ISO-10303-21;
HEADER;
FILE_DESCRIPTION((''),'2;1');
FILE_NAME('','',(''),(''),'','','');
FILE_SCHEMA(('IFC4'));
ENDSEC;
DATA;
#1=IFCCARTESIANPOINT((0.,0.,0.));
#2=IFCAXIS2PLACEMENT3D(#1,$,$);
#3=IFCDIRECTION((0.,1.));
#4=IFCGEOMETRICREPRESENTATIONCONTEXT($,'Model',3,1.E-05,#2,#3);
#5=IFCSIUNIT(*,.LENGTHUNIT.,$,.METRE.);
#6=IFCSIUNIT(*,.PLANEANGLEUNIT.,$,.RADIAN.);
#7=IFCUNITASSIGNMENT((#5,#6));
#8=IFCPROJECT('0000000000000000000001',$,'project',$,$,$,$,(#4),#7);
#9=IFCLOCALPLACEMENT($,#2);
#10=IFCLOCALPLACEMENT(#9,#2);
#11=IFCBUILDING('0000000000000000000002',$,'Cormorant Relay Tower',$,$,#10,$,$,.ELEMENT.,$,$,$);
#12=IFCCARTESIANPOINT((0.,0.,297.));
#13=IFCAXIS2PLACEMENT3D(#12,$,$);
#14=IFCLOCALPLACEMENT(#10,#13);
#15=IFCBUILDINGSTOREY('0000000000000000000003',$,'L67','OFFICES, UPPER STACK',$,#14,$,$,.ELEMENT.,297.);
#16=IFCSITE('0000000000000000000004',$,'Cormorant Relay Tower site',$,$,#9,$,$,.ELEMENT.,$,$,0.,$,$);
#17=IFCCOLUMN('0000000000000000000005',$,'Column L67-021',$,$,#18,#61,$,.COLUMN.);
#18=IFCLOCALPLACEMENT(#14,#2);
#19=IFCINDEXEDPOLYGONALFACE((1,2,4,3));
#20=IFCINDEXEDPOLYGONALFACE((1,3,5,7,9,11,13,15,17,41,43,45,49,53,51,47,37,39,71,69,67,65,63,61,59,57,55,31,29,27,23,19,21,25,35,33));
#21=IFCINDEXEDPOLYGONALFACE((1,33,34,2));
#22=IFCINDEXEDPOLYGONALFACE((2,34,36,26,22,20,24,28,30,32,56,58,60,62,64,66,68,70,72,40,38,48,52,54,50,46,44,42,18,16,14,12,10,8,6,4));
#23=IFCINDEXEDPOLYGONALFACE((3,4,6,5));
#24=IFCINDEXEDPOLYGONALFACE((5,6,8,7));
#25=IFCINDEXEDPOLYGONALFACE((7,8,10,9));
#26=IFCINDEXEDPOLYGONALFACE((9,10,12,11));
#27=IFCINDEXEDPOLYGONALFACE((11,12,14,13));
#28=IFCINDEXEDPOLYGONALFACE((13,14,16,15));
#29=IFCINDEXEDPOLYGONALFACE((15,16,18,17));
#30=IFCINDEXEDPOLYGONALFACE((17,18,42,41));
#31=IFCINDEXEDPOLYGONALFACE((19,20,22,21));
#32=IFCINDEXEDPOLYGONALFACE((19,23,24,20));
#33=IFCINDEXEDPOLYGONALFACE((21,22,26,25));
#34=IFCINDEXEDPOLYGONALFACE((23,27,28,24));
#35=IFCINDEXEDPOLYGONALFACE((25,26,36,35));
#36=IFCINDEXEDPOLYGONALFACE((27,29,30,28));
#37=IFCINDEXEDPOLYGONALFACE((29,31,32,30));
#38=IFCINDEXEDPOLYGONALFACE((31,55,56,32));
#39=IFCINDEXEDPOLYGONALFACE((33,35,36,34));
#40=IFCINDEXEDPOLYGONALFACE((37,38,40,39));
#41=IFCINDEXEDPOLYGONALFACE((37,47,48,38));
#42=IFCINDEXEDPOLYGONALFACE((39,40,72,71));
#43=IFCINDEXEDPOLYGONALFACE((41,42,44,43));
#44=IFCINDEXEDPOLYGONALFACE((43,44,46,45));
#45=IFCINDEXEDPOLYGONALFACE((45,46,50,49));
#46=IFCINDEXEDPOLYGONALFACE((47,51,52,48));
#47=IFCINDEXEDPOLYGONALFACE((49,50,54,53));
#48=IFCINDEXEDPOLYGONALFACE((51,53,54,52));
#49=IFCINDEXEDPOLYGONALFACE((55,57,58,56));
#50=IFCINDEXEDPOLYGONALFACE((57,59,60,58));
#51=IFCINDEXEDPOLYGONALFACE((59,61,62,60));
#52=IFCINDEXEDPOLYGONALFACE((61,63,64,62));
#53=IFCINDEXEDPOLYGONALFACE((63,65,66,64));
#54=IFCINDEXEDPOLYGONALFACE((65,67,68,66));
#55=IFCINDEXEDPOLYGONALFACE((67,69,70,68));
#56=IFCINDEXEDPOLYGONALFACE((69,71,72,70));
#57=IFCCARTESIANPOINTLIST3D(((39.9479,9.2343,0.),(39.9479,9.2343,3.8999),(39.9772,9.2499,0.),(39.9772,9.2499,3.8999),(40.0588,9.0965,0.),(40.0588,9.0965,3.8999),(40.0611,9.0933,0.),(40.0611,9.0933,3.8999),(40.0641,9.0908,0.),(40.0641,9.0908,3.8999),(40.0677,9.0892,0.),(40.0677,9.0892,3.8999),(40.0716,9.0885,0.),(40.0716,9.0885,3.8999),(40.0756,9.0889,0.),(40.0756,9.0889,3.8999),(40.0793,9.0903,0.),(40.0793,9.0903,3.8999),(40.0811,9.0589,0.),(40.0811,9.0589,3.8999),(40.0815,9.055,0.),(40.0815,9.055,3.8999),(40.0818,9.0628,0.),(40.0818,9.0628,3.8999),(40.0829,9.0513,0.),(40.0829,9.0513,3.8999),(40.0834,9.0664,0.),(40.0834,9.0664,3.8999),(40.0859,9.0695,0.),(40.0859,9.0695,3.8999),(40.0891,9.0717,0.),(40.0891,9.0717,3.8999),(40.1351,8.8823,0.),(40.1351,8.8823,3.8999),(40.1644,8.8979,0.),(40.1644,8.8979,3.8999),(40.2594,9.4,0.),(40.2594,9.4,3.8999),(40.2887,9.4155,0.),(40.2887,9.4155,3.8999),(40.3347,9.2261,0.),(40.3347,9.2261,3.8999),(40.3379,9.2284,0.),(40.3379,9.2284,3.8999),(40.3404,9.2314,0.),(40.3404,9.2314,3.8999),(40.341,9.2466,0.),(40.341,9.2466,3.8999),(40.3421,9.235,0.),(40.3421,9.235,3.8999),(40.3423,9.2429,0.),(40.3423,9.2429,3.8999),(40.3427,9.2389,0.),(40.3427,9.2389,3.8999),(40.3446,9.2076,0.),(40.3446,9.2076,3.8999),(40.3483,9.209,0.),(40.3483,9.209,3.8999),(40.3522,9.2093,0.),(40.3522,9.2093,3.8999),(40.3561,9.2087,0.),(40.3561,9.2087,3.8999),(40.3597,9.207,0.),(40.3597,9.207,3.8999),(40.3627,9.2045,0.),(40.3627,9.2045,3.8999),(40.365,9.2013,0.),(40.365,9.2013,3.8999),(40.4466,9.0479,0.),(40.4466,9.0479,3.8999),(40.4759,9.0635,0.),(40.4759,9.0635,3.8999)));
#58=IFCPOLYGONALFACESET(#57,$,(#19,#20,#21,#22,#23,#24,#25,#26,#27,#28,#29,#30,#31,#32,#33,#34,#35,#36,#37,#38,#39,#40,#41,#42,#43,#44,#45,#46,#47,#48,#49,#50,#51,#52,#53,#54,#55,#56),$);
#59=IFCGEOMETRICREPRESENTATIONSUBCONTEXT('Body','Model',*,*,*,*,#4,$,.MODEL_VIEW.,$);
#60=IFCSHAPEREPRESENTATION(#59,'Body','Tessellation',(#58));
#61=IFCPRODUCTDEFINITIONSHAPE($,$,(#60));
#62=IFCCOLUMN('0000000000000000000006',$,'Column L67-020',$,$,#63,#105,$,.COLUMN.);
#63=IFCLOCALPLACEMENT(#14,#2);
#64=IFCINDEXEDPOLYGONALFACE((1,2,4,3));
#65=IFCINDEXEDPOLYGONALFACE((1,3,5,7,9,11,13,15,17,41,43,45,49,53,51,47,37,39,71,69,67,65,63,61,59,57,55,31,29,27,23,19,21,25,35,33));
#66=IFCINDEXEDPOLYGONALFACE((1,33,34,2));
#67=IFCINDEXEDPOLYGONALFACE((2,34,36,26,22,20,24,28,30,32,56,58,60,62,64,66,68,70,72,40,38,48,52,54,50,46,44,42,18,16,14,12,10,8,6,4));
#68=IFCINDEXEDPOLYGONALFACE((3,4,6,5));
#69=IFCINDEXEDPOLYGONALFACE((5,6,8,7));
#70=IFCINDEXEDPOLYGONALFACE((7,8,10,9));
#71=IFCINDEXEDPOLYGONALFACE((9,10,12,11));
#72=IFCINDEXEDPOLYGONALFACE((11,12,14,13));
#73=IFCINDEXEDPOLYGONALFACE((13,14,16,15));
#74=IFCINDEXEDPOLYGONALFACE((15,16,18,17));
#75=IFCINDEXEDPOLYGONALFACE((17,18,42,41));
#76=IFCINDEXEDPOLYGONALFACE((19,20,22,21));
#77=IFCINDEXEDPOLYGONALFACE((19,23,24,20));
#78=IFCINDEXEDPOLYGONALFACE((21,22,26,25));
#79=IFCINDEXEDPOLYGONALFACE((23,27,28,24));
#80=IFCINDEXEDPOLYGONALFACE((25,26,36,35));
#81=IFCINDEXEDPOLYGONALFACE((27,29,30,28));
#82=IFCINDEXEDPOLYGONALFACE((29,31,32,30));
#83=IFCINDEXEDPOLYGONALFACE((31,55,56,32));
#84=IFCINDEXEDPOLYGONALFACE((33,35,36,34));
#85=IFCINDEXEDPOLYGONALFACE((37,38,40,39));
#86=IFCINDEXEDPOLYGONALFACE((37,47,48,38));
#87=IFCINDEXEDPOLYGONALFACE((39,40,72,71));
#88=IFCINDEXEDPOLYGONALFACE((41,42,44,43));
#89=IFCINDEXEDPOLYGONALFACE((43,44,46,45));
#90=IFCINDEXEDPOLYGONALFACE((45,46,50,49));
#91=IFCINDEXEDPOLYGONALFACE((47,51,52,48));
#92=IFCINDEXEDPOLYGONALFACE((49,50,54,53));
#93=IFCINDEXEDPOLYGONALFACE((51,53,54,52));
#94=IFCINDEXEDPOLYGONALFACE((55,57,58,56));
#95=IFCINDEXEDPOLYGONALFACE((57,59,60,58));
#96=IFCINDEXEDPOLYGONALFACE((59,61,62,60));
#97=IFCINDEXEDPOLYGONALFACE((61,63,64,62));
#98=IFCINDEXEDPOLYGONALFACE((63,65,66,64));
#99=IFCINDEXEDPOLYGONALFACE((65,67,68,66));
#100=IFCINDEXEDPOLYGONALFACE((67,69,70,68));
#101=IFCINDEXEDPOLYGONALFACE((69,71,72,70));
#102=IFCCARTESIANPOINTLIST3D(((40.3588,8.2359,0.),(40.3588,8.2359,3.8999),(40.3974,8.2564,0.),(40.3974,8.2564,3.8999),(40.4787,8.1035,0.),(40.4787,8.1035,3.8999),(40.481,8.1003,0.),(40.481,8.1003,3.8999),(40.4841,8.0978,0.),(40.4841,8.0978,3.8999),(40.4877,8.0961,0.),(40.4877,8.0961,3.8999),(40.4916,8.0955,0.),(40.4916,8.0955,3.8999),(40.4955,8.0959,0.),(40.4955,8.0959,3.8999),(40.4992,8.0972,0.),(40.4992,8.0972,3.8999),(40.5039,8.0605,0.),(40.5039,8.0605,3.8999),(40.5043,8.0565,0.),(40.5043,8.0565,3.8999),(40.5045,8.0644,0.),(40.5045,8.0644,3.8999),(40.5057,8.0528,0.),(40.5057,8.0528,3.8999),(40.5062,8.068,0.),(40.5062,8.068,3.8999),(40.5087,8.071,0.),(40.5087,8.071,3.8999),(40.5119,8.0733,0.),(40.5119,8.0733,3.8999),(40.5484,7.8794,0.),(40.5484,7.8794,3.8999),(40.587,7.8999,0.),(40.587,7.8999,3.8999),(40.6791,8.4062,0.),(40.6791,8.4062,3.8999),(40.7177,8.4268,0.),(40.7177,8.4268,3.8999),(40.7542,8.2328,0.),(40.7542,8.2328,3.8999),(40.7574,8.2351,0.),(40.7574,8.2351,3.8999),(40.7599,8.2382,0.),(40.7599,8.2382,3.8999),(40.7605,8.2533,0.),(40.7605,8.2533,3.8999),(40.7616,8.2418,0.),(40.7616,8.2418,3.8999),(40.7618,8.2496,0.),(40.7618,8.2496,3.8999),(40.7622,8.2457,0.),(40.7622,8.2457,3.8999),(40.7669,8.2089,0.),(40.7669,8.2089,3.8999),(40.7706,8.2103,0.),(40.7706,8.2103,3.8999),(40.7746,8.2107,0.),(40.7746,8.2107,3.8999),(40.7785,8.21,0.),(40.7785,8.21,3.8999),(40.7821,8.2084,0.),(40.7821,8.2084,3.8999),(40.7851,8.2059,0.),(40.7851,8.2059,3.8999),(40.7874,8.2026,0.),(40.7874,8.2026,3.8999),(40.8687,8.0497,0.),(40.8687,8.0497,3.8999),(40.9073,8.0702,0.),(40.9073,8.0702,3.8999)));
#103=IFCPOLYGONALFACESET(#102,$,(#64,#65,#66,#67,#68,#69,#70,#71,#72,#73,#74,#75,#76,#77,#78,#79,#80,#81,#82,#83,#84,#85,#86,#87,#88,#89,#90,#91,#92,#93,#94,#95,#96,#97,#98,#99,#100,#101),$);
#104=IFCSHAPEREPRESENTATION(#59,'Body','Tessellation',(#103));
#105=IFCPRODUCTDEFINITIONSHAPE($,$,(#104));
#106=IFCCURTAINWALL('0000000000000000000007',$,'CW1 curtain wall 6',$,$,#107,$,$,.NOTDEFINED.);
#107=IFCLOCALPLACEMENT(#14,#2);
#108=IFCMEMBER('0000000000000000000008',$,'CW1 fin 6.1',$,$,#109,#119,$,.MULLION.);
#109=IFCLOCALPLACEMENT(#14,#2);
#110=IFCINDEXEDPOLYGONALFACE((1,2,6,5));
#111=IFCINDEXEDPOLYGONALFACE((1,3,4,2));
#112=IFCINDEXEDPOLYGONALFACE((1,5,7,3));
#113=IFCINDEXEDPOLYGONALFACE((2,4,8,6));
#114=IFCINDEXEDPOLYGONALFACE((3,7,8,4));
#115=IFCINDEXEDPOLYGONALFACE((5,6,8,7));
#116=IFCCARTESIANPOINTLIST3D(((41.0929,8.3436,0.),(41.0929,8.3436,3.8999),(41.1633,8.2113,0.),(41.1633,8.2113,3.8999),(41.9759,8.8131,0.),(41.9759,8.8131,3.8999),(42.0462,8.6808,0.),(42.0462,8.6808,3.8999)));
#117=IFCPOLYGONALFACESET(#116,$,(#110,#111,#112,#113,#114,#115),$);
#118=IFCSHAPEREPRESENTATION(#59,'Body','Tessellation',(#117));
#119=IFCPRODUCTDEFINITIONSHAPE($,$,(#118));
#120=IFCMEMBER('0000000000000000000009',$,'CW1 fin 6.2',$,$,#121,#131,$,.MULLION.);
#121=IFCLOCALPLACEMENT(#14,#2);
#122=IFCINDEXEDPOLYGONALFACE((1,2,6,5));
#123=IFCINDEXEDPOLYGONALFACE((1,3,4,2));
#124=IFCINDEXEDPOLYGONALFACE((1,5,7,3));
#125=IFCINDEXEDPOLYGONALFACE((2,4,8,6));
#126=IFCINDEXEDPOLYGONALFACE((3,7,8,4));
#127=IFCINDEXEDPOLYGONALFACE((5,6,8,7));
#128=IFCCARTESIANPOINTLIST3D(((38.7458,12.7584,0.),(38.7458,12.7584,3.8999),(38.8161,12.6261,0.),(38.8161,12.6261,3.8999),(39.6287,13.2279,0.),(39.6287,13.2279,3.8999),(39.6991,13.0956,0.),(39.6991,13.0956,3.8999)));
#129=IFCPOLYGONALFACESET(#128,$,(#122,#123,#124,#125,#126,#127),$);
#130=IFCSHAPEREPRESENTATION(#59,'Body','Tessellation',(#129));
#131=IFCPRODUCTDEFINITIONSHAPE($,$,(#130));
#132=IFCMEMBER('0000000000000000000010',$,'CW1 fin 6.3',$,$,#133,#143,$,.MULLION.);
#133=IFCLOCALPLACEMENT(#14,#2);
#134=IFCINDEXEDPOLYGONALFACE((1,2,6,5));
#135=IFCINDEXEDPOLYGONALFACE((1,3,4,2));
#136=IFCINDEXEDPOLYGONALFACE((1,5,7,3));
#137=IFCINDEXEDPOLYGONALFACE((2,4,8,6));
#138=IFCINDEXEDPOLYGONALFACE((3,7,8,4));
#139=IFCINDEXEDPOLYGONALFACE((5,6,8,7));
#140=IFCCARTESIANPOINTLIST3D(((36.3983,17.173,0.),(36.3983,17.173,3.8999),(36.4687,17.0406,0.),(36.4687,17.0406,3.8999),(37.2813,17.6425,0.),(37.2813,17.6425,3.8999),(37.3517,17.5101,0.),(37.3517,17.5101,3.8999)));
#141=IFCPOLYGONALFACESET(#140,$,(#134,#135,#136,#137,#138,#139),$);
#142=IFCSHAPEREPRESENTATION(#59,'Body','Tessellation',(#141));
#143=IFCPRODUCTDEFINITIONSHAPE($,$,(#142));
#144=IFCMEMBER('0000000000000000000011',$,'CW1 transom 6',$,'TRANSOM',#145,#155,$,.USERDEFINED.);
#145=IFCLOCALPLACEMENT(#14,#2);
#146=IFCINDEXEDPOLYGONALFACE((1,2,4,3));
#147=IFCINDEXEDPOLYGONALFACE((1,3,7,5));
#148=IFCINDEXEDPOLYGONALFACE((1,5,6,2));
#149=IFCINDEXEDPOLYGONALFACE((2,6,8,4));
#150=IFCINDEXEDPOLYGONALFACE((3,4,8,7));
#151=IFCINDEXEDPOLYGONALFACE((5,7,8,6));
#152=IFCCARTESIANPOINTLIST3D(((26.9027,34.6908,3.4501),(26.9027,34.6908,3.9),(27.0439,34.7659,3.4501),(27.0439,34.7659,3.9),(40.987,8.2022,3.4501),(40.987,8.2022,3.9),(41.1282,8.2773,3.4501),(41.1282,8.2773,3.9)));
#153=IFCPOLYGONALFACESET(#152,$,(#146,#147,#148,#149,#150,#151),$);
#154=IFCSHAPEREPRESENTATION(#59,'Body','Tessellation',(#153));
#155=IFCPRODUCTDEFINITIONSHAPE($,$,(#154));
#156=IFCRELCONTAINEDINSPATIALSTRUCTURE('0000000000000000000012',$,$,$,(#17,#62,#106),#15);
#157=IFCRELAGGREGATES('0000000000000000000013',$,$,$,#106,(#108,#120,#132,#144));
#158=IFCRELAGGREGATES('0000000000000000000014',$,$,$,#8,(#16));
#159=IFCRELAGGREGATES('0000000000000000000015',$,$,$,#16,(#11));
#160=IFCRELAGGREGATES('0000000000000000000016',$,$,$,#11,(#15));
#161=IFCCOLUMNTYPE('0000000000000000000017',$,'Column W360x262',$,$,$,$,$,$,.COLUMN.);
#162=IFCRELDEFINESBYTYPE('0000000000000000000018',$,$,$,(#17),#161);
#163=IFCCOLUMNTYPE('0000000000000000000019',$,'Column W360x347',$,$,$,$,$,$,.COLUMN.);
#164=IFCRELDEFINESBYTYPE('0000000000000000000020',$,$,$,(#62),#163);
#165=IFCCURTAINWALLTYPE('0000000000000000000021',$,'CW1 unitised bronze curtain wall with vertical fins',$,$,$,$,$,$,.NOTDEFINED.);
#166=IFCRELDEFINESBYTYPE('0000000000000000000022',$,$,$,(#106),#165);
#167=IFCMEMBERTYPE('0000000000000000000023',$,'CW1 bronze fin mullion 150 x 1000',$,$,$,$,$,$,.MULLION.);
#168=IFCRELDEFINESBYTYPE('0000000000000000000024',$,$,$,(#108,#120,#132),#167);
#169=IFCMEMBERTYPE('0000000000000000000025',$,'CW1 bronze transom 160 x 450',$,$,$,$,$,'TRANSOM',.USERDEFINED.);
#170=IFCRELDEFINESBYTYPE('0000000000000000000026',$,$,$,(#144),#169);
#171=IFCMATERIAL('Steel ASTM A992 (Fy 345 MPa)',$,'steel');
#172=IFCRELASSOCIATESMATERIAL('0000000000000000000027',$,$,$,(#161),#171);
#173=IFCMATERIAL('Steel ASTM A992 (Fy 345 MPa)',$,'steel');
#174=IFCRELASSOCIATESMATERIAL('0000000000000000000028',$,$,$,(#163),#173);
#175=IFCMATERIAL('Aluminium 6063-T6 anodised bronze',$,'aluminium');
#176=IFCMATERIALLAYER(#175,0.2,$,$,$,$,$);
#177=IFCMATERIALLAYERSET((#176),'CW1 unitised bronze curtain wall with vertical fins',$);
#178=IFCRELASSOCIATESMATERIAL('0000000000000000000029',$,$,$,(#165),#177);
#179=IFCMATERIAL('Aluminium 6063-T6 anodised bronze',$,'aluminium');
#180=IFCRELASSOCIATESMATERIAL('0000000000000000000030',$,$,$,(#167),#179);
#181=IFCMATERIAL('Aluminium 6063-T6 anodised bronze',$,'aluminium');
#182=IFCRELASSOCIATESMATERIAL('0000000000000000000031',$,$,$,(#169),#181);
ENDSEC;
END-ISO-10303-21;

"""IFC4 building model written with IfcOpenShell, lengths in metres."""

from ifc_helpers import new_model, si_unit, direction, frame, origin, origin_2d, place, context, subcontext, project, spatial, rectangle, i_section, extrude, material, layer, layer_set, material_profile, profile_set, type_object, element, aggregate, save


model = new_model("IFC4")

# Units and contexts
model_context = context("Model", 3, precision=1e-05, world=origin(), true_north=direction((0.0, 1.0)))
body_context = subcontext(model_context, "Body", "Model", "MODEL_VIEW")
ifc_project = project(units=[si_unit("LENGTHUNIT", "METRE"), si_unit("PLANEANGLEUNIT", "RADIAN")], contexts=[model_context])

# Site, building, storey
site_placement = place(None, origin())
site = spatial("IfcSite", under=ifc_project, at=site_placement, Name="Cormorant Relay Tower site", CompositionType="ELEMENT", RefElevation=0.0)
building_placement = place(site_placement, origin())
building = spatial("IfcBuilding", under=site, at=building_placement, Name="Cormorant Relay Tower", CompositionType="ELEMENT")
storey_placement = place(building_placement, frame((0.0, 0.0, 297.0)))
storey = spatial("IfcBuildingStorey", under=building, at=storey_placement, Name="L67", Description="OFFICES, UPPER STACK", CompositionType="ELEMENT", Elevation=297.0)

# Columns
ifc_material_1 = material(Name="Steel ASTM A992 (Fy 345 MPa)", Category="steel")
ifc_material_profile_1 = material_profile(ifc_material_1, i_section(OverallWidth=0.3987, OverallDepth=0.386, WebThickness=0.021, FlangeThickness=0.0332, FilletRadius=0.0151, at=origin_2d()), Name="W360x262")
ifc_profile_set_1 = profile_set([ifc_material_profile_1], Name="Steel ASTM A992 (Fy 345 MPa)")
column_type_1 = type_object("IfcColumnType", Name="Column W360x262", PredefinedType="COLUMN", material=ifc_profile_set_1)
column_1_placement = place(storey_placement, frame((40.2119, 9.1489, 0.0), z_axis=(0.0, 0.0, 1.0), x_axis=(-0.469472, 0.882948, 0.0)))
element("IfcColumn", 1, at=column_1_placement, inside=storey, type_object=column_type_1, Name="Column L67-021", PredefinedType="COLUMN", context=body_context, shape_type="SweptSolid", body=[
    extrude(i_section(OverallWidth=0.3987, OverallDepth=0.386, WebThickness=0.021, FlangeThickness=0.0332, FilletRadius=0.0151, at=origin_2d()), origin(), (0.0, 0.0, 1.0), 3.8999),
])
ifc_material_2 = material(Name="Steel ASTM A992 (Fy 345 MPa)", Category="steel")
ifc_material_profile_2 = material_profile(ifc_material_2, i_section(OverallWidth=0.4038, OverallDepth=0.4065, WebThickness=0.0271, FlangeThickness=0.0437, FilletRadius=0.0151, at=origin_2d()), Name="W360x347")
ifc_profile_set_2 = profile_set([ifc_material_profile_2], Name="Steel ASTM A992 (Fy 345 MPa)")
column_type_2 = type_object("IfcColumnType", Name="Column W360x347", PredefinedType="COLUMN", material=ifc_profile_set_2)
column_2_placement = place(storey_placement, frame((40.6331, 8.1531, 0.0), z_axis=(0.0, 0.0, 1.0), x_axis=(-0.469472, 0.882948, 0.0)))
element("IfcColumn", 2, at=column_2_placement, inside=storey, type_object=column_type_2, Name="Column L67-020", PredefinedType="COLUMN", context=body_context, shape_type="SweptSolid", body=[
    extrude(i_section(OverallWidth=0.4038, OverallDepth=0.4065, WebThickness=0.0271, FlangeThickness=0.0437, FilletRadius=0.0151, at=origin_2d()), origin(), (0.0, 0.0, 1.0), 3.8999),
])

# Curtain wall, members
ifc_material_3 = material(Name="Aluminium 6063-T6 anodised bronze", Category="aluminium")
ifc_layer_1 = layer(ifc_material_3, 0.2)
ifc_layer_set_1 = layer_set([ifc_layer_1], Name="CW1 unitised bronze curtain wall with vertical fins")
curtain_wall_type = type_object("IfcCurtainWallType", Name="CW1 unitised bronze curtain wall with vertical fins", PredefinedType="NOTDEFINED", material=ifc_layer_set_1)
curtain_wall_1_placement = place(storey_placement, origin())
curtain_wall_1 = element("IfcCurtainWall", 3, at=curtain_wall_1_placement, inside=storey, type_object=curtain_wall_type, Name="CW1 curtain wall 6", PredefinedType="NOTDEFINED")
ifc_material_4 = material(Name="Aluminium 6063-T6 anodised bronze", Category="aluminium")
ifc_material_profile_3 = material_profile(ifc_material_4, rectangle(XDim=0.1499, YDim=1.0, at=origin_2d()), Name="AL 150x1000")
ifc_profile_set_3 = profile_set([ifc_material_profile_3], Name="Aluminium 6063-T6 anodised bronze")
member_type_1 = type_object("IfcMemberType", Name="CW1 bronze fin mullion 150 x 1000", PredefinedType="MULLION", material=ifc_profile_set_3)
member_1_placement = place(storey_placement, frame((41.5696, 8.5122, 0.0), z_axis=(0.0, 0.0, 1.0), x_axis=(-0.469472, 0.882948, 0.0)))
member_1 = element("IfcMember", 4, at=member_1_placement, type_object=member_type_1, Name="CW1 fin 6.1", PredefinedType="MULLION", context=body_context, shape_type="SweptSolid", body=[
    extrude(rectangle(XDim=0.1499, YDim=1.0, at=origin_2d()), origin(), (0.0, 0.0, 1.0), 3.8999),
])
member_2_placement = place(storey_placement, frame((39.2224, 12.927, 0.0), z_axis=(0.0, 0.0, 1.0), x_axis=(-0.469472, 0.882948, 0.0)))
member_2 = element("IfcMember", 5, at=member_2_placement, type_object=member_type_1, Name="CW1 fin 6.2", PredefinedType="MULLION", context=body_context, shape_type="SweptSolid", body=[
    extrude(rectangle(XDim=0.1499, YDim=1.0, at=origin_2d()), origin(), (0.0, 0.0, 1.0), 3.8999),
])
member_3_placement = place(storey_placement, frame((36.875, 17.3416, 0.0), z_axis=(0.0, 0.0, 1.0), x_axis=(-0.469472, 0.882948, 0.0)))
member_3 = element("IfcMember", 6, at=member_3_placement, type_object=member_type_1, Name="CW1 fin 6.3", PredefinedType="MULLION", context=body_context, shape_type="SweptSolid", body=[
    extrude(rectangle(XDim=0.1499, YDim=1.0, at=origin_2d()), origin(), (0.0, 0.0, 1.0), 3.8999),
])
ifc_material_5 = material(Name="Aluminium 6063-T6 anodised bronze", Category="aluminium")
ifc_material_profile_4 = material_profile(ifc_material_5, rectangle(XDim=0.1599, YDim=0.45, at=origin_2d()), Name="AL 160x450")
ifc_profile_set_4 = profile_set([ifc_material_profile_4], Name="Aluminium 6063-T6 anodised bronze")
member_type_2 = type_object("IfcMemberType", Name="CW1 bronze transom 160 x 450", ElementType="TRANSOM", PredefinedType="USERDEFINED", material=ifc_profile_set_4)
member_4_placement = place(storey_placement, frame((41.0576, 8.2397, 3.675), z_axis=(-0.469472, 0.882947, 0.0), x_axis=(-0.882947, -0.469472, 0.0)))
member_4 = element("IfcMember", 7, at=member_4_placement, type_object=member_type_2, Name="CW1 transom 6", ObjectType="TRANSOM", PredefinedType="USERDEFINED", context=body_context, shape_type="SweptSolid", body=[
    extrude(rectangle(XDim=0.1599, YDim=0.45, at=origin_2d()), origin(), (0.0, 0.0, 1.0), 30.0002),
])

aggregate(curtain_wall_1, [member_1, member_2, member_3, member_4])

save(model, "model.ifc")
